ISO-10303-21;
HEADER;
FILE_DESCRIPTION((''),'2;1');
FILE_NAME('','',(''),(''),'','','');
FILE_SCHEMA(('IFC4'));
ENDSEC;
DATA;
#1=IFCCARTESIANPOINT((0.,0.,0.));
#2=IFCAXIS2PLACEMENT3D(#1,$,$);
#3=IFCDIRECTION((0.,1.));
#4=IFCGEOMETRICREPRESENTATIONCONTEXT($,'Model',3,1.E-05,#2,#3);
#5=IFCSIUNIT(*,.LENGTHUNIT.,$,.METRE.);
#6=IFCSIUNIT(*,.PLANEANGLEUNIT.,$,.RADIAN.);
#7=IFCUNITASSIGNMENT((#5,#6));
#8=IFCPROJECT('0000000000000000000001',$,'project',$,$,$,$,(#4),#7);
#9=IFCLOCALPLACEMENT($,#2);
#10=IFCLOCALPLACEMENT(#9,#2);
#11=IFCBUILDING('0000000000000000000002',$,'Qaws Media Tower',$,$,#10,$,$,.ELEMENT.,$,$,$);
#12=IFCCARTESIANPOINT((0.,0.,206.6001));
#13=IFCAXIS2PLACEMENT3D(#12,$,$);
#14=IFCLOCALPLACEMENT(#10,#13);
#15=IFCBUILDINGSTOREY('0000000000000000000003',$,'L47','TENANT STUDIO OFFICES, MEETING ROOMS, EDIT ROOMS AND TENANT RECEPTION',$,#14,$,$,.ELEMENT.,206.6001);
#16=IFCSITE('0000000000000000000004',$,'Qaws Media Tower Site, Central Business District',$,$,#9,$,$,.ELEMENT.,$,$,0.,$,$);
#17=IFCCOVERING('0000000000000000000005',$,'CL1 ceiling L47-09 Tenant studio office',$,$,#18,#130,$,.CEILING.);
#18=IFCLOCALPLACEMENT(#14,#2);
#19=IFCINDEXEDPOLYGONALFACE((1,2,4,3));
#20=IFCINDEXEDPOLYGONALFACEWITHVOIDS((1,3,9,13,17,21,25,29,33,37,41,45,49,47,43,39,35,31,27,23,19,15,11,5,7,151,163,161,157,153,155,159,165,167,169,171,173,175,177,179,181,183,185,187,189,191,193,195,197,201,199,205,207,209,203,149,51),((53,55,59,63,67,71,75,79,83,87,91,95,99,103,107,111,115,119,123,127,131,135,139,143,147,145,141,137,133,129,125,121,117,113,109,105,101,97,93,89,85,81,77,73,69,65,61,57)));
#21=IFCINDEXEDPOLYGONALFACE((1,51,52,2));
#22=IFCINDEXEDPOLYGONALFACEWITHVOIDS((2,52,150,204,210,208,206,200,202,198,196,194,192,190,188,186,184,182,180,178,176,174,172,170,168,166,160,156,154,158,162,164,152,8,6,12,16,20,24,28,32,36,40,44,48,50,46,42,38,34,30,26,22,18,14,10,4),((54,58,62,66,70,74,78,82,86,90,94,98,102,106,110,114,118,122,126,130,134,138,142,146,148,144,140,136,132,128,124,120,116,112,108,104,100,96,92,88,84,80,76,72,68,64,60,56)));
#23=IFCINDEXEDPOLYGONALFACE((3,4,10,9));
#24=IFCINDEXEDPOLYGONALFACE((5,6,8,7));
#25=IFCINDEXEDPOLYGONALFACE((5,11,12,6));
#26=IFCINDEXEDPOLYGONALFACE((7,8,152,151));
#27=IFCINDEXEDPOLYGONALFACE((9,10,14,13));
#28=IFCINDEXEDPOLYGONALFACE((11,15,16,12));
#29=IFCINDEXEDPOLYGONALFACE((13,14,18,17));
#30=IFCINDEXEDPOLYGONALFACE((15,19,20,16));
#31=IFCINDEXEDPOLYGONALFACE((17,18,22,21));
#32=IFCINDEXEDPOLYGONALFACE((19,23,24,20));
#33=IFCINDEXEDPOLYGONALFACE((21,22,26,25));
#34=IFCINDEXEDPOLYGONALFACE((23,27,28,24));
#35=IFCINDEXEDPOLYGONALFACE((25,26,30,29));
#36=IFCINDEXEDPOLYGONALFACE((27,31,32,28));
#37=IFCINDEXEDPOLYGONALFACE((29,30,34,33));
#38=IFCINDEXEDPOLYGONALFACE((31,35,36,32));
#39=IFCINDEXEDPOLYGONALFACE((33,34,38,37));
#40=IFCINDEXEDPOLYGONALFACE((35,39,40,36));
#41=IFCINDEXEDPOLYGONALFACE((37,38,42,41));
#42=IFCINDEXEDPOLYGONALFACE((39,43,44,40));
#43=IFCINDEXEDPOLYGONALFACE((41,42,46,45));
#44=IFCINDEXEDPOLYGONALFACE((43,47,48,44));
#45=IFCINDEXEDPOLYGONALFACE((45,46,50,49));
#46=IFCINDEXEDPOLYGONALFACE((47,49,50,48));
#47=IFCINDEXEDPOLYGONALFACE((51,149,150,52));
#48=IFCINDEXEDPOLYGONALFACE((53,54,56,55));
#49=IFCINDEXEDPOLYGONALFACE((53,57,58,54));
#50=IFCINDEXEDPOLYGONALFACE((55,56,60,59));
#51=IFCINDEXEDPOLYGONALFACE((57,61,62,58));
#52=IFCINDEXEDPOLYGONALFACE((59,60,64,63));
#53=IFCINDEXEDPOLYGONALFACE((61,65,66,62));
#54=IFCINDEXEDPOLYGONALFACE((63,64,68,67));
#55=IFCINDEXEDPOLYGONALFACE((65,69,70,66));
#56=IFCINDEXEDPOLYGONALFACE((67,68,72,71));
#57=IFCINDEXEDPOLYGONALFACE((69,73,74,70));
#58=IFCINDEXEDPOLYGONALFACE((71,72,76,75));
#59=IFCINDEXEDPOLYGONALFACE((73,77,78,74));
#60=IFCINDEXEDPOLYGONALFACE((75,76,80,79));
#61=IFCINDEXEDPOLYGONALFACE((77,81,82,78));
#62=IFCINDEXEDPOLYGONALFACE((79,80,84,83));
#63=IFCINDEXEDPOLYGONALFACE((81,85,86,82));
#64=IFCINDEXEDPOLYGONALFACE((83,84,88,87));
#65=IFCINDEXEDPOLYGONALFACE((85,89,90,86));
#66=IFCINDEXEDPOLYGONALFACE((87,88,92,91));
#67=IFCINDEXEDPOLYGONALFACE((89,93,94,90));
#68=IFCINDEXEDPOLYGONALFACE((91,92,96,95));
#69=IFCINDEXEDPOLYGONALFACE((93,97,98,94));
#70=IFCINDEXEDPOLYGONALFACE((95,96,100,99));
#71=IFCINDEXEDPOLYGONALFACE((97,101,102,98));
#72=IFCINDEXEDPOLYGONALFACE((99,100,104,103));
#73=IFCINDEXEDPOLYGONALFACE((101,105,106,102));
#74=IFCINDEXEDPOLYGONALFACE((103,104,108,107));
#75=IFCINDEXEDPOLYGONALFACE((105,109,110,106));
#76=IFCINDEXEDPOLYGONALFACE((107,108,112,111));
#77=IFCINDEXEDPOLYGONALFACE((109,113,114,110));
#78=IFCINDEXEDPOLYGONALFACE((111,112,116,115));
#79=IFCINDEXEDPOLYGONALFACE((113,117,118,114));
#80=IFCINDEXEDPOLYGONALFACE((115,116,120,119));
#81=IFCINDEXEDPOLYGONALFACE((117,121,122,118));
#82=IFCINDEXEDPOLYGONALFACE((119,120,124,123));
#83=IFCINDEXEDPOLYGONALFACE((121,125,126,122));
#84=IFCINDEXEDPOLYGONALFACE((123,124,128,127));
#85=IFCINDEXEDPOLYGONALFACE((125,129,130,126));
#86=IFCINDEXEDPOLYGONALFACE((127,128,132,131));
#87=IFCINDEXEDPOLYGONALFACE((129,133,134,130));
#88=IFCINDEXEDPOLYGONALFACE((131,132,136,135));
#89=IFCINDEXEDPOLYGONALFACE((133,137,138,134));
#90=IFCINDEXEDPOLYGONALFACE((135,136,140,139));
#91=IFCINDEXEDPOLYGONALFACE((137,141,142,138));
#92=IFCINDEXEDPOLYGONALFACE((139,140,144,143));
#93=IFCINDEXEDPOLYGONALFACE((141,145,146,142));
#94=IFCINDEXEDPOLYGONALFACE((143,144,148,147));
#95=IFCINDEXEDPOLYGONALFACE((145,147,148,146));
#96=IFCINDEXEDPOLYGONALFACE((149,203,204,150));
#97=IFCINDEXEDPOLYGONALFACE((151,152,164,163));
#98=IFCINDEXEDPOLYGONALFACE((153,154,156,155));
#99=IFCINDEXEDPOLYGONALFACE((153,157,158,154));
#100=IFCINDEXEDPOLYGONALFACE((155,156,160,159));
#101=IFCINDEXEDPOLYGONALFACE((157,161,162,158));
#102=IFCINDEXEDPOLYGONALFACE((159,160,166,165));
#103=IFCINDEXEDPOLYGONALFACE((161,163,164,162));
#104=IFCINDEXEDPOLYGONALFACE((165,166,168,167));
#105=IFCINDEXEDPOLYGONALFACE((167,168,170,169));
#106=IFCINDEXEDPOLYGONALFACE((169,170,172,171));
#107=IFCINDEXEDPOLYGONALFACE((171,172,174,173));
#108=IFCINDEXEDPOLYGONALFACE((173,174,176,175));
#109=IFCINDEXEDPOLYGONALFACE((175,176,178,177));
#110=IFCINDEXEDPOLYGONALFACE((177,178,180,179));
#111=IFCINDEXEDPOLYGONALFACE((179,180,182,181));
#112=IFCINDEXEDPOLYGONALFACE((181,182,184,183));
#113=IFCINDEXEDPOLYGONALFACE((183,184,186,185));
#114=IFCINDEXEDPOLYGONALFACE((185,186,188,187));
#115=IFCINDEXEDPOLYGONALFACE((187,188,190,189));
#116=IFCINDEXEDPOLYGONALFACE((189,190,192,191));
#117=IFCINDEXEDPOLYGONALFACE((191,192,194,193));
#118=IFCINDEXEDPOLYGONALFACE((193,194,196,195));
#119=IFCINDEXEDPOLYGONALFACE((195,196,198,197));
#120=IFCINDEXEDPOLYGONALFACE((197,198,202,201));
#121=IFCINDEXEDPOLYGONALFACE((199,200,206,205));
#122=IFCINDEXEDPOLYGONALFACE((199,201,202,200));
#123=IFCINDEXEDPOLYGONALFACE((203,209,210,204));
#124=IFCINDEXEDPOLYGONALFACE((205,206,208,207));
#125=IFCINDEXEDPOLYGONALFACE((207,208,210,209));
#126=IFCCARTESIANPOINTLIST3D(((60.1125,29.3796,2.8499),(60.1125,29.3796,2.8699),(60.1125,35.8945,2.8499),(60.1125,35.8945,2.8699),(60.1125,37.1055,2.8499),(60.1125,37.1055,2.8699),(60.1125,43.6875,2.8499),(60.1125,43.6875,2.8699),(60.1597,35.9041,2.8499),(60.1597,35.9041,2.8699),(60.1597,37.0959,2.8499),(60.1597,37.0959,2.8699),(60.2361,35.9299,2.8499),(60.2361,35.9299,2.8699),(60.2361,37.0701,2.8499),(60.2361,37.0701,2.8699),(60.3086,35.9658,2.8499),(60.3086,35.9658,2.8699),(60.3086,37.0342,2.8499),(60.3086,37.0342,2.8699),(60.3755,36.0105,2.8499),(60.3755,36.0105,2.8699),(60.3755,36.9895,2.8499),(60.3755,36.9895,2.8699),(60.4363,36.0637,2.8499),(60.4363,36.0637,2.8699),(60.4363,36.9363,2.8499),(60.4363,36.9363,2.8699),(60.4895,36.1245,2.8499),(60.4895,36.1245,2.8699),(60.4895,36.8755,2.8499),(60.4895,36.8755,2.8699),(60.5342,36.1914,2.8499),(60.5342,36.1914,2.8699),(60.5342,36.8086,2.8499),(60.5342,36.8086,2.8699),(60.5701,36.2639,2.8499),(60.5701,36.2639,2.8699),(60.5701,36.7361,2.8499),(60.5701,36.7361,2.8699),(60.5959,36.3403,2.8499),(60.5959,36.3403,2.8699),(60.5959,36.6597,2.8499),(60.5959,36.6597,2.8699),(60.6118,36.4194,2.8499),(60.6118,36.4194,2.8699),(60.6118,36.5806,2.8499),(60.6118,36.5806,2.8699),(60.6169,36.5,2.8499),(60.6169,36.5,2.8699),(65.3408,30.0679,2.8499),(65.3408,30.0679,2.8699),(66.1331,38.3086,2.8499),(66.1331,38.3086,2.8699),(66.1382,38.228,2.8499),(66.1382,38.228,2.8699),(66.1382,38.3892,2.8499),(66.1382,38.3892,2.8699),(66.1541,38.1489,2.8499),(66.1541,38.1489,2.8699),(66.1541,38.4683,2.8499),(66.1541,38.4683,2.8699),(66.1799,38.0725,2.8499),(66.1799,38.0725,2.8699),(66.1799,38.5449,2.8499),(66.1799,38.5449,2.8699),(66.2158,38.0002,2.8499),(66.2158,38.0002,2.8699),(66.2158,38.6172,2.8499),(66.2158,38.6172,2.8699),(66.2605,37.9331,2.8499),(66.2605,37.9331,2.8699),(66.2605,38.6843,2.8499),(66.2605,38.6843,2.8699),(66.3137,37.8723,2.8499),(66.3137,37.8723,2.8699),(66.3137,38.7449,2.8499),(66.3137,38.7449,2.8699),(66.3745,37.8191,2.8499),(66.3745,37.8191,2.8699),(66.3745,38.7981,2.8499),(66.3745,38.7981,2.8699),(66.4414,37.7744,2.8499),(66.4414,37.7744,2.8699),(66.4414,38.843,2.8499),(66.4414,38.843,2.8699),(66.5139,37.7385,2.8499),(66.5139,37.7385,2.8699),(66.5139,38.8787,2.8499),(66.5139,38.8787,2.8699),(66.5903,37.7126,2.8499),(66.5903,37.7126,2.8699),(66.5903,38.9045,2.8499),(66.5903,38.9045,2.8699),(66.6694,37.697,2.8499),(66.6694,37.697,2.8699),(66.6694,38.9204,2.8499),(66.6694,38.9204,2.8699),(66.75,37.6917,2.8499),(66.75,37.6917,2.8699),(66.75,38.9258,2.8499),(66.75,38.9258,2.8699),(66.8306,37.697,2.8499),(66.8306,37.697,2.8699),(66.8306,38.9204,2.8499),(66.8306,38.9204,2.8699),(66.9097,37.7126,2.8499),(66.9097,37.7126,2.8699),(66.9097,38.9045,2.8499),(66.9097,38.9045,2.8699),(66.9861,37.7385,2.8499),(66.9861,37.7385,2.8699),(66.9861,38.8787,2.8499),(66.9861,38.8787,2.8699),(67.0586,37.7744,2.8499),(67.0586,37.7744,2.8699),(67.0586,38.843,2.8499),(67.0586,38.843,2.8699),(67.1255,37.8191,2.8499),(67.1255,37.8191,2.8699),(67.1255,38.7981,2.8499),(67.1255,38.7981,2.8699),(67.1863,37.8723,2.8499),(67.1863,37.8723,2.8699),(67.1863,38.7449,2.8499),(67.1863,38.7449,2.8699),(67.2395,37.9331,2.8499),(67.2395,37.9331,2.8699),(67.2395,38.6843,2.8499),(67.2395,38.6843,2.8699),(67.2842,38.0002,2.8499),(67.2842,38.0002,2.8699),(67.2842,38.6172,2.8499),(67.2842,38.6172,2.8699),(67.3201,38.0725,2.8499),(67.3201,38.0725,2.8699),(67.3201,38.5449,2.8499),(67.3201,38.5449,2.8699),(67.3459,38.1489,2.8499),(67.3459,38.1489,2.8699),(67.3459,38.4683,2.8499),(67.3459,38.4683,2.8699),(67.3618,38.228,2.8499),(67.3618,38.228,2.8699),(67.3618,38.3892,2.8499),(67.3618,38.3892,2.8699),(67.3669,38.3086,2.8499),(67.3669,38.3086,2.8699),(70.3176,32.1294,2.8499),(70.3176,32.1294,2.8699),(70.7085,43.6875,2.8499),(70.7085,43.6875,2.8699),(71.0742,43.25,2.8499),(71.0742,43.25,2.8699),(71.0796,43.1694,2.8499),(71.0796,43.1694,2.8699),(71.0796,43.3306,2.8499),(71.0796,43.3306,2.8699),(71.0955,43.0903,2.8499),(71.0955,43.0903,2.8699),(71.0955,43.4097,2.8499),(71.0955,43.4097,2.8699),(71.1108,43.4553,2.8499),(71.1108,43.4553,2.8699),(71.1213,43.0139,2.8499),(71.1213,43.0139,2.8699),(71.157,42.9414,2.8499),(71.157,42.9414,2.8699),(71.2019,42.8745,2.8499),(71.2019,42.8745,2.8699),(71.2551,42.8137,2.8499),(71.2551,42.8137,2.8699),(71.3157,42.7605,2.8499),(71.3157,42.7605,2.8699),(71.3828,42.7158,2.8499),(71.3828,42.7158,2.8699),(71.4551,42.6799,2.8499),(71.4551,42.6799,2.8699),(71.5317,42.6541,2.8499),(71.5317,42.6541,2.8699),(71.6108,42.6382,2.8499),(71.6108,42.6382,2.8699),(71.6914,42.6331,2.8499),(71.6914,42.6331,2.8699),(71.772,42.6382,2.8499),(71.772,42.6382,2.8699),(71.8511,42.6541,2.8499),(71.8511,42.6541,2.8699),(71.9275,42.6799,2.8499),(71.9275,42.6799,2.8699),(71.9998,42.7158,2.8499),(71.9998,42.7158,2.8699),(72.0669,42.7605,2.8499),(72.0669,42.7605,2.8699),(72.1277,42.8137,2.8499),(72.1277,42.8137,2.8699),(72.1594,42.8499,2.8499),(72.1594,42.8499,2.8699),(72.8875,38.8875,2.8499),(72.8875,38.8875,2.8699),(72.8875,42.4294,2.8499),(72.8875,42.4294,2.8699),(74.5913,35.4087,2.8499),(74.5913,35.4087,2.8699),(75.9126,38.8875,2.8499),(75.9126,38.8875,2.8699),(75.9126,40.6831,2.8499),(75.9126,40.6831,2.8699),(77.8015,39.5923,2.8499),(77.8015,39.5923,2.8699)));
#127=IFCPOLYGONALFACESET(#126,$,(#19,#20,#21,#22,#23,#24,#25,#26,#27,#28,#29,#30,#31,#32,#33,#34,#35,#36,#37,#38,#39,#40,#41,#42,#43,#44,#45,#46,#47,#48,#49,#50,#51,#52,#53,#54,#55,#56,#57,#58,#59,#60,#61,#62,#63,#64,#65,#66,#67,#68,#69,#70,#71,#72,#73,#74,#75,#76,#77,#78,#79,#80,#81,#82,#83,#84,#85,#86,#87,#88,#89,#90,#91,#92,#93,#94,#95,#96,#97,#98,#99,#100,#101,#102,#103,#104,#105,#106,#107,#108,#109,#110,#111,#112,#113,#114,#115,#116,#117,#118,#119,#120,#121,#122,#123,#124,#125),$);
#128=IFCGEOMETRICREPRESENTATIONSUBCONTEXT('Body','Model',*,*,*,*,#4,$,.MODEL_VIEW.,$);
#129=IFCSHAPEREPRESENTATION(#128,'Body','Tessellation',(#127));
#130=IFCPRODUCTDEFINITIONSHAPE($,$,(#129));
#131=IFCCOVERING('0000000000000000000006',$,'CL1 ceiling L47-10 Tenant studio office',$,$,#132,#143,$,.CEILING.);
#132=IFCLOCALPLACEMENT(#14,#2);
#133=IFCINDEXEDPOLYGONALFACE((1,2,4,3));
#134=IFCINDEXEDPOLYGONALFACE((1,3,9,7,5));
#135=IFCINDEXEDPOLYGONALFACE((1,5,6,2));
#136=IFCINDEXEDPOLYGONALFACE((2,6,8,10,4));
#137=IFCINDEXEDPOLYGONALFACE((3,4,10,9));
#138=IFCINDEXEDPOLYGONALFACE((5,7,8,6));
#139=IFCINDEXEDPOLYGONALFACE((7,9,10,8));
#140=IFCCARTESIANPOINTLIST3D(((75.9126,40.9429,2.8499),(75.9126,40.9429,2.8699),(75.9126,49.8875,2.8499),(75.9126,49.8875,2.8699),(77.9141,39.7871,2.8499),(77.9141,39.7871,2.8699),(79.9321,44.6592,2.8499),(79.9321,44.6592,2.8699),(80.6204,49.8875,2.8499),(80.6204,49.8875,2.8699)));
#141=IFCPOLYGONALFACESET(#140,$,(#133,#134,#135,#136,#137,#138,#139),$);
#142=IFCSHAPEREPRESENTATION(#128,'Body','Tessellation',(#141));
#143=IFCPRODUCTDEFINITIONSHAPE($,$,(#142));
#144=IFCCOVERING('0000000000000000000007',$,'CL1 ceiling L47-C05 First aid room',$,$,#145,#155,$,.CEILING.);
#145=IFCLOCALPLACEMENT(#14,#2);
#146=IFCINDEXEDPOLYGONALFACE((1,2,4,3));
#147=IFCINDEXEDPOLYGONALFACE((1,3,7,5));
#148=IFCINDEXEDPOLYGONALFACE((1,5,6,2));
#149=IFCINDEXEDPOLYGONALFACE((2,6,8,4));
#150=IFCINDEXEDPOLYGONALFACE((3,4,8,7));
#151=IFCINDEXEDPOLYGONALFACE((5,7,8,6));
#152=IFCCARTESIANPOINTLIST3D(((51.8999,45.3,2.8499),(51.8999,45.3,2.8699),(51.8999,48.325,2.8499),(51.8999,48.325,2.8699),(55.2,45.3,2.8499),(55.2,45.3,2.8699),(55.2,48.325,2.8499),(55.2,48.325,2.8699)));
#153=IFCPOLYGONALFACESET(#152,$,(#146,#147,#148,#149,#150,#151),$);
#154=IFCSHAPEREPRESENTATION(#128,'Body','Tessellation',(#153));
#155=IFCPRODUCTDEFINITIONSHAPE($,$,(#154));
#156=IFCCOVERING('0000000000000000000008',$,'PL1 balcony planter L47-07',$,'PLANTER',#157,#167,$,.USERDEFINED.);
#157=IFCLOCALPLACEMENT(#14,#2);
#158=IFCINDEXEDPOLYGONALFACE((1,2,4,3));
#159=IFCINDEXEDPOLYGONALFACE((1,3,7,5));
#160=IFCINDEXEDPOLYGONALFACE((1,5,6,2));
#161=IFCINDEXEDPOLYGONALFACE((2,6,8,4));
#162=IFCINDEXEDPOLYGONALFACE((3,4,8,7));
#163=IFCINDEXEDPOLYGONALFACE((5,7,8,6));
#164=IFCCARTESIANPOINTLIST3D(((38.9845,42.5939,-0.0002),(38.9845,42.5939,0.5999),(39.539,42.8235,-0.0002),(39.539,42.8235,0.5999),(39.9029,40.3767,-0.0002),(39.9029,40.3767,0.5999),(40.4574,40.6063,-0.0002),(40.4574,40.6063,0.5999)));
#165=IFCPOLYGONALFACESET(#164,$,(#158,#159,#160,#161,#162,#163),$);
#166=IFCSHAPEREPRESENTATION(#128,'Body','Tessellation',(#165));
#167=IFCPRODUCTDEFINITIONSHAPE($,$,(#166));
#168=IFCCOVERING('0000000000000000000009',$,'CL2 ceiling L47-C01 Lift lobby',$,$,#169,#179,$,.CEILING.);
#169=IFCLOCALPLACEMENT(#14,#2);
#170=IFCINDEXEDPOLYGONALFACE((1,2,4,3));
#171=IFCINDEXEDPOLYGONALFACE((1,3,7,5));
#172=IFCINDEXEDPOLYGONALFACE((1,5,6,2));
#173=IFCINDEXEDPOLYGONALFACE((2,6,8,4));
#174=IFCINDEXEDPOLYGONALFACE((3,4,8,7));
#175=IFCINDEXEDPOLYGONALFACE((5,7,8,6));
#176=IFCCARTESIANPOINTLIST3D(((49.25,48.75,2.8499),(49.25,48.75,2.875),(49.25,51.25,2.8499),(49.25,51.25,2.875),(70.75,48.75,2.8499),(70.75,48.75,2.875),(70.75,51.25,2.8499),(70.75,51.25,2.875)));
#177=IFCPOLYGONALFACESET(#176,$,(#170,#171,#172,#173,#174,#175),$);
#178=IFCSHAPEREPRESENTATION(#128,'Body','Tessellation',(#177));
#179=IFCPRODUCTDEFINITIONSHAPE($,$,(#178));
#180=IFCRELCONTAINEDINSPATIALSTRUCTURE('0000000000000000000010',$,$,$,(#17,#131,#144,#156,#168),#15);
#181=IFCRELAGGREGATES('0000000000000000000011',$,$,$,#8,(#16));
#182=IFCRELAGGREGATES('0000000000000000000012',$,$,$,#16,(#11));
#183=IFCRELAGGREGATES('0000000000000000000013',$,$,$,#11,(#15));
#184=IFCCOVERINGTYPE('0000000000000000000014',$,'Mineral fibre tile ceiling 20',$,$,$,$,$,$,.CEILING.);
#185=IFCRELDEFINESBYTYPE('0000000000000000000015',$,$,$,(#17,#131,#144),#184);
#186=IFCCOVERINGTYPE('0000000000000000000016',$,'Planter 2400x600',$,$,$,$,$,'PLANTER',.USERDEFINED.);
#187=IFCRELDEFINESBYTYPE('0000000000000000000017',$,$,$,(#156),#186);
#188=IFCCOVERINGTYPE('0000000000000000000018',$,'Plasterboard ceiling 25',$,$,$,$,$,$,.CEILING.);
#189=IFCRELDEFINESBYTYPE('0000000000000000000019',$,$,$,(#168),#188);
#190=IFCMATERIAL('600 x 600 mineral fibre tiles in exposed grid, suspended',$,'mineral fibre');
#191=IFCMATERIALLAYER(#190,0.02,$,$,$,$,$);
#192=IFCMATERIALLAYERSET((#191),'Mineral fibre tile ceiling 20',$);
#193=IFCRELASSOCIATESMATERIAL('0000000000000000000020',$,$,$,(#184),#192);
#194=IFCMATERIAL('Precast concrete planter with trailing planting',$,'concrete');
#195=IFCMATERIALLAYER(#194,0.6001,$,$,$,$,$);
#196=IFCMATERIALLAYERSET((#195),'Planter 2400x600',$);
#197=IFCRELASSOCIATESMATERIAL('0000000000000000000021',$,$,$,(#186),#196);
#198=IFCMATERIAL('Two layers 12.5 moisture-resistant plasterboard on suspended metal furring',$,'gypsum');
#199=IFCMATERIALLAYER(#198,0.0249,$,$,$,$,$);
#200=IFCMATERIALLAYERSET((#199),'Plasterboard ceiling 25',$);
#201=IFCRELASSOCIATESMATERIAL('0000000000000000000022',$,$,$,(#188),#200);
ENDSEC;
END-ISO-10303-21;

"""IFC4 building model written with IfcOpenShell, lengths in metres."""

from ifc_helpers import new_model, si_unit, direction, frame, origin, origin_2d, place, context, subcontext, project, spatial, polyline, rectangle, outline, extrude, material, layer, layer_set, type_object, element, save


model = new_model("IFC4")

# Units and contexts
model_context = context("Model", 3, precision=1e-05, world=origin(), true_north=direction((0.0, 1.0)))
body_context = subcontext(model_context, "Body", "Model", "MODEL_VIEW")
ifc_project = project(units=[si_unit("LENGTHUNIT", "METRE"), si_unit("PLANEANGLEUNIT", "RADIAN")], contexts=[model_context])

# Site, building, storey
site_placement = place(None, origin())
site = spatial("IfcSite", under=ifc_project, at=site_placement, Name="Qaws Media Tower Site, Central Business District", CompositionType="ELEMENT", RefElevation=0.0)
building_placement = place(site_placement, origin())
building = spatial("IfcBuilding", under=site, at=building_placement, Name="Qaws Media Tower", CompositionType="ELEMENT")
storey_placement = place(building_placement, frame((0.0, 0.0, 206.6001)))
storey = spatial("IfcBuildingStorey", under=building, at=storey_placement, Name="L47", Description="TENANT STUDIO OFFICES, MEETING ROOMS, EDIT ROOMS AND TENANT RECEPTION", CompositionType="ELEMENT", Elevation=206.6001)

# Coverings
ifc_material_1 = material(Name="600 x 600 mineral fibre tiles in exposed grid, suspended", Category="mineral fibre")
ifc_layer_1 = layer(ifc_material_1, 0.02)
ifc_layer_set_1 = layer_set([ifc_layer_1], Name="Mineral fibre tile ceiling 20")
covering_type_1 = type_object("IfcCoveringType", Name="Mineral fibre tile ceiling 20", PredefinedType="CEILING", material=ifc_layer_set_1)
covering_1_placement = place(storey_placement, frame((0.0, 0.0, 2.8499)))
element("IfcCovering", 1, at=covering_1_placement, inside=storey, type_object=covering_type_1, Name="CL1 ceiling L47-09 Tenant studio office", PredefinedType="CEILING", context=body_context, shape_type="SweptSolid", body=[
    extrude(outline(polyline([(72.8875, 38.8875), (75.9126, 38.8875), (75.9126, 40.6831), (77.8015, 39.5923), (74.5913, 35.4087), (70.3176, 32.1294), (65.3408, 30.0679), (60.1125, 29.3796), (60.1125, 35.8945), (60.1597, 35.9041), (60.2361, 35.9299), (60.3086, 35.9658), (60.3755, 36.0105), (60.4363, 36.0637), (60.4895, 36.1245), (60.5342, 36.1914), (60.5701, 36.2639), (60.5959, 36.3403), (60.6118, 36.4194), (60.6169, 36.5), (60.6118, 36.5806), (60.5959, 36.6597), (60.5701, 36.7361), (60.5342, 36.8086), (60.4895, 36.8755), (60.4363, 36.9363), (60.3755, 36.9895), (60.3086, 37.0342), (60.2361, 37.0701), (60.1597, 37.0959), (60.1125, 37.1055), (60.1125, 43.6875), (70.7085, 43.6875), (71.1108, 43.4553), (71.0955, 43.4097), (71.0796, 43.3306), (71.0742, 43.25), (71.0796, 43.1694), (71.0955, 43.0903), (71.1213, 43.0139), (71.157, 42.9414), (71.2019, 42.8745), (71.2551, 42.8137), (71.3157, 42.7605), (71.3828, 42.7158), (71.4551, 42.6799), (71.5317, 42.6541), (71.6108, 42.6382), (71.6914, 42.6331), (71.772, 42.6382), (71.8511, 42.6541), (71.9275, 42.6799), (71.9998, 42.7158), (72.0669, 42.7605), (72.1277, 42.8137), (72.1594, 42.8499), (72.8875, 42.4294), (72.8875, 38.8875)]), holes=[polyline([(67.3201, 38.0725), (67.3459, 38.1489), (67.3618, 38.228), (67.3669, 38.3086), (67.3618, 38.3892), (67.3459, 38.4683), (67.3201, 38.5449), (67.2842, 38.6172), (67.2395, 38.6843), (67.1863, 38.7449), (67.1255, 38.7981), (67.0586, 38.843), (66.9861, 38.8787), (66.9097, 38.9045), (66.8306, 38.9204), (66.75, 38.9258), (66.6694, 38.9204), (66.5903, 38.9045), (66.5139, 38.8787), (66.4414, 38.843), (66.3745, 38.7981), (66.3137, 38.7449), (66.2605, 38.6843), (66.2158, 38.6172), (66.1799, 38.5449), (66.1541, 38.4683), (66.1382, 38.3892), (66.1331, 38.3086), (66.1382, 38.228), (66.1541, 38.1489), (66.1799, 38.0725), (66.2158, 38.0002), (66.2605, 37.9331), (66.3137, 37.8723), (66.3745, 37.8191), (66.4414, 37.7744), (66.5139, 37.7385), (66.5903, 37.7126), (66.6694, 37.697), (66.75, 37.6917), (66.8306, 37.697), (66.9097, 37.7126), (66.9861, 37.7385), (67.0586, 37.7744), (67.1255, 37.8191), (67.1863, 37.8723), (67.2395, 37.9331), (67.2842, 38.0002), (67.3201, 38.0725)])]), origin(), (0.0, 0.0, 1.0), 0.02),
])
covering_2_placement = place(storey_placement, frame((0.0, 0.0, 2.8499)))
element("IfcCovering", 2, at=covering_2_placement, inside=storey, type_object=covering_type_1, Name="CL1 ceiling L47-10 Tenant studio office", PredefinedType="CEILING", context=body_context, shape_type="SweptSolid", body=[
    extrude(outline(polyline([(79.9321, 44.6592), (77.9141, 39.7871), (75.9126, 40.9429), (75.9126, 49.8875), (80.6204, 49.8875), (79.9321, 44.6592)])), origin(), (0.0, 0.0, 1.0), 0.02),
])
covering_3_placement = place(storey_placement, frame((0.0, 0.0, 2.8499)))
element("IfcCovering", 3, at=covering_3_placement, inside=storey, type_object=covering_type_1, Name="CL1 ceiling L47-C05 First aid room", PredefinedType="CEILING", context=body_context, shape_type="SweptSolid", body=[
    extrude(outline(polyline([(51.8999, 45.3), (51.8999, 48.325), (55.2, 48.325), (55.2, 45.3), (51.8999, 45.3)])), origin(), (0.0, 0.0, 1.0), 0.02),
])
ifc_material_2 = material(Name="Precast concrete planter with trailing planting", Category="concrete")
ifc_layer_2 = layer(ifc_material_2, 0.6001)
ifc_layer_set_2 = layer_set([ifc_layer_2], Name="Planter 2400x600")
covering_type_2 = type_object("IfcCoveringType", Name="Planter 2400x600", ElementType="PLANTER", PredefinedType="USERDEFINED", material=ifc_layer_set_2)
covering_4_placement = place(storey_placement, frame((39.7209, 41.6001, -0.0002), z_axis=(0.0, 0.0, 1.0), x_axis=(0.382683, -0.92388, 0.0)))
element("IfcCovering", 4, at=covering_4_placement, inside=storey, type_object=covering_type_2, Name="PL1 balcony planter L47-07", ObjectType="PLANTER", PredefinedType="USERDEFINED", context=body_context, shape_type="SweptSolid", body=[
    extrude(rectangle(XDim=2.3999, YDim=0.6001, at=origin_2d()), origin(), (0.0, 0.0, 1.0), 0.6001),
])
ifc_material_3 = material(Name="Two layers 12.5 moisture-resistant plasterboard on suspended metal furring", Category="gypsum")
ifc_layer_3 = layer(ifc_material_3, 0.0249)
ifc_layer_set_3 = layer_set([ifc_layer_3], Name="Plasterboard ceiling 25")
covering_type_3 = type_object("IfcCoveringType", Name="Plasterboard ceiling 25", PredefinedType="CEILING", material=ifc_layer_set_3)
covering_5_placement = place(storey_placement, frame((0.0, 0.0, 2.8499)))
element("IfcCovering", 5, at=covering_5_placement, inside=storey, type_object=covering_type_3, Name="CL2 ceiling L47-C01 Lift lobby", PredefinedType="CEILING", context=body_context, shape_type="SweptSolid", body=[
    extrude(outline(polyline([(49.25, 48.75), (49.25, 51.25), (70.75, 51.25), (70.75, 48.75), (49.25, 48.75)])), origin(), (0.0, 0.0, 1.0), 0.0251),
])

save(model, "model.ifc")
